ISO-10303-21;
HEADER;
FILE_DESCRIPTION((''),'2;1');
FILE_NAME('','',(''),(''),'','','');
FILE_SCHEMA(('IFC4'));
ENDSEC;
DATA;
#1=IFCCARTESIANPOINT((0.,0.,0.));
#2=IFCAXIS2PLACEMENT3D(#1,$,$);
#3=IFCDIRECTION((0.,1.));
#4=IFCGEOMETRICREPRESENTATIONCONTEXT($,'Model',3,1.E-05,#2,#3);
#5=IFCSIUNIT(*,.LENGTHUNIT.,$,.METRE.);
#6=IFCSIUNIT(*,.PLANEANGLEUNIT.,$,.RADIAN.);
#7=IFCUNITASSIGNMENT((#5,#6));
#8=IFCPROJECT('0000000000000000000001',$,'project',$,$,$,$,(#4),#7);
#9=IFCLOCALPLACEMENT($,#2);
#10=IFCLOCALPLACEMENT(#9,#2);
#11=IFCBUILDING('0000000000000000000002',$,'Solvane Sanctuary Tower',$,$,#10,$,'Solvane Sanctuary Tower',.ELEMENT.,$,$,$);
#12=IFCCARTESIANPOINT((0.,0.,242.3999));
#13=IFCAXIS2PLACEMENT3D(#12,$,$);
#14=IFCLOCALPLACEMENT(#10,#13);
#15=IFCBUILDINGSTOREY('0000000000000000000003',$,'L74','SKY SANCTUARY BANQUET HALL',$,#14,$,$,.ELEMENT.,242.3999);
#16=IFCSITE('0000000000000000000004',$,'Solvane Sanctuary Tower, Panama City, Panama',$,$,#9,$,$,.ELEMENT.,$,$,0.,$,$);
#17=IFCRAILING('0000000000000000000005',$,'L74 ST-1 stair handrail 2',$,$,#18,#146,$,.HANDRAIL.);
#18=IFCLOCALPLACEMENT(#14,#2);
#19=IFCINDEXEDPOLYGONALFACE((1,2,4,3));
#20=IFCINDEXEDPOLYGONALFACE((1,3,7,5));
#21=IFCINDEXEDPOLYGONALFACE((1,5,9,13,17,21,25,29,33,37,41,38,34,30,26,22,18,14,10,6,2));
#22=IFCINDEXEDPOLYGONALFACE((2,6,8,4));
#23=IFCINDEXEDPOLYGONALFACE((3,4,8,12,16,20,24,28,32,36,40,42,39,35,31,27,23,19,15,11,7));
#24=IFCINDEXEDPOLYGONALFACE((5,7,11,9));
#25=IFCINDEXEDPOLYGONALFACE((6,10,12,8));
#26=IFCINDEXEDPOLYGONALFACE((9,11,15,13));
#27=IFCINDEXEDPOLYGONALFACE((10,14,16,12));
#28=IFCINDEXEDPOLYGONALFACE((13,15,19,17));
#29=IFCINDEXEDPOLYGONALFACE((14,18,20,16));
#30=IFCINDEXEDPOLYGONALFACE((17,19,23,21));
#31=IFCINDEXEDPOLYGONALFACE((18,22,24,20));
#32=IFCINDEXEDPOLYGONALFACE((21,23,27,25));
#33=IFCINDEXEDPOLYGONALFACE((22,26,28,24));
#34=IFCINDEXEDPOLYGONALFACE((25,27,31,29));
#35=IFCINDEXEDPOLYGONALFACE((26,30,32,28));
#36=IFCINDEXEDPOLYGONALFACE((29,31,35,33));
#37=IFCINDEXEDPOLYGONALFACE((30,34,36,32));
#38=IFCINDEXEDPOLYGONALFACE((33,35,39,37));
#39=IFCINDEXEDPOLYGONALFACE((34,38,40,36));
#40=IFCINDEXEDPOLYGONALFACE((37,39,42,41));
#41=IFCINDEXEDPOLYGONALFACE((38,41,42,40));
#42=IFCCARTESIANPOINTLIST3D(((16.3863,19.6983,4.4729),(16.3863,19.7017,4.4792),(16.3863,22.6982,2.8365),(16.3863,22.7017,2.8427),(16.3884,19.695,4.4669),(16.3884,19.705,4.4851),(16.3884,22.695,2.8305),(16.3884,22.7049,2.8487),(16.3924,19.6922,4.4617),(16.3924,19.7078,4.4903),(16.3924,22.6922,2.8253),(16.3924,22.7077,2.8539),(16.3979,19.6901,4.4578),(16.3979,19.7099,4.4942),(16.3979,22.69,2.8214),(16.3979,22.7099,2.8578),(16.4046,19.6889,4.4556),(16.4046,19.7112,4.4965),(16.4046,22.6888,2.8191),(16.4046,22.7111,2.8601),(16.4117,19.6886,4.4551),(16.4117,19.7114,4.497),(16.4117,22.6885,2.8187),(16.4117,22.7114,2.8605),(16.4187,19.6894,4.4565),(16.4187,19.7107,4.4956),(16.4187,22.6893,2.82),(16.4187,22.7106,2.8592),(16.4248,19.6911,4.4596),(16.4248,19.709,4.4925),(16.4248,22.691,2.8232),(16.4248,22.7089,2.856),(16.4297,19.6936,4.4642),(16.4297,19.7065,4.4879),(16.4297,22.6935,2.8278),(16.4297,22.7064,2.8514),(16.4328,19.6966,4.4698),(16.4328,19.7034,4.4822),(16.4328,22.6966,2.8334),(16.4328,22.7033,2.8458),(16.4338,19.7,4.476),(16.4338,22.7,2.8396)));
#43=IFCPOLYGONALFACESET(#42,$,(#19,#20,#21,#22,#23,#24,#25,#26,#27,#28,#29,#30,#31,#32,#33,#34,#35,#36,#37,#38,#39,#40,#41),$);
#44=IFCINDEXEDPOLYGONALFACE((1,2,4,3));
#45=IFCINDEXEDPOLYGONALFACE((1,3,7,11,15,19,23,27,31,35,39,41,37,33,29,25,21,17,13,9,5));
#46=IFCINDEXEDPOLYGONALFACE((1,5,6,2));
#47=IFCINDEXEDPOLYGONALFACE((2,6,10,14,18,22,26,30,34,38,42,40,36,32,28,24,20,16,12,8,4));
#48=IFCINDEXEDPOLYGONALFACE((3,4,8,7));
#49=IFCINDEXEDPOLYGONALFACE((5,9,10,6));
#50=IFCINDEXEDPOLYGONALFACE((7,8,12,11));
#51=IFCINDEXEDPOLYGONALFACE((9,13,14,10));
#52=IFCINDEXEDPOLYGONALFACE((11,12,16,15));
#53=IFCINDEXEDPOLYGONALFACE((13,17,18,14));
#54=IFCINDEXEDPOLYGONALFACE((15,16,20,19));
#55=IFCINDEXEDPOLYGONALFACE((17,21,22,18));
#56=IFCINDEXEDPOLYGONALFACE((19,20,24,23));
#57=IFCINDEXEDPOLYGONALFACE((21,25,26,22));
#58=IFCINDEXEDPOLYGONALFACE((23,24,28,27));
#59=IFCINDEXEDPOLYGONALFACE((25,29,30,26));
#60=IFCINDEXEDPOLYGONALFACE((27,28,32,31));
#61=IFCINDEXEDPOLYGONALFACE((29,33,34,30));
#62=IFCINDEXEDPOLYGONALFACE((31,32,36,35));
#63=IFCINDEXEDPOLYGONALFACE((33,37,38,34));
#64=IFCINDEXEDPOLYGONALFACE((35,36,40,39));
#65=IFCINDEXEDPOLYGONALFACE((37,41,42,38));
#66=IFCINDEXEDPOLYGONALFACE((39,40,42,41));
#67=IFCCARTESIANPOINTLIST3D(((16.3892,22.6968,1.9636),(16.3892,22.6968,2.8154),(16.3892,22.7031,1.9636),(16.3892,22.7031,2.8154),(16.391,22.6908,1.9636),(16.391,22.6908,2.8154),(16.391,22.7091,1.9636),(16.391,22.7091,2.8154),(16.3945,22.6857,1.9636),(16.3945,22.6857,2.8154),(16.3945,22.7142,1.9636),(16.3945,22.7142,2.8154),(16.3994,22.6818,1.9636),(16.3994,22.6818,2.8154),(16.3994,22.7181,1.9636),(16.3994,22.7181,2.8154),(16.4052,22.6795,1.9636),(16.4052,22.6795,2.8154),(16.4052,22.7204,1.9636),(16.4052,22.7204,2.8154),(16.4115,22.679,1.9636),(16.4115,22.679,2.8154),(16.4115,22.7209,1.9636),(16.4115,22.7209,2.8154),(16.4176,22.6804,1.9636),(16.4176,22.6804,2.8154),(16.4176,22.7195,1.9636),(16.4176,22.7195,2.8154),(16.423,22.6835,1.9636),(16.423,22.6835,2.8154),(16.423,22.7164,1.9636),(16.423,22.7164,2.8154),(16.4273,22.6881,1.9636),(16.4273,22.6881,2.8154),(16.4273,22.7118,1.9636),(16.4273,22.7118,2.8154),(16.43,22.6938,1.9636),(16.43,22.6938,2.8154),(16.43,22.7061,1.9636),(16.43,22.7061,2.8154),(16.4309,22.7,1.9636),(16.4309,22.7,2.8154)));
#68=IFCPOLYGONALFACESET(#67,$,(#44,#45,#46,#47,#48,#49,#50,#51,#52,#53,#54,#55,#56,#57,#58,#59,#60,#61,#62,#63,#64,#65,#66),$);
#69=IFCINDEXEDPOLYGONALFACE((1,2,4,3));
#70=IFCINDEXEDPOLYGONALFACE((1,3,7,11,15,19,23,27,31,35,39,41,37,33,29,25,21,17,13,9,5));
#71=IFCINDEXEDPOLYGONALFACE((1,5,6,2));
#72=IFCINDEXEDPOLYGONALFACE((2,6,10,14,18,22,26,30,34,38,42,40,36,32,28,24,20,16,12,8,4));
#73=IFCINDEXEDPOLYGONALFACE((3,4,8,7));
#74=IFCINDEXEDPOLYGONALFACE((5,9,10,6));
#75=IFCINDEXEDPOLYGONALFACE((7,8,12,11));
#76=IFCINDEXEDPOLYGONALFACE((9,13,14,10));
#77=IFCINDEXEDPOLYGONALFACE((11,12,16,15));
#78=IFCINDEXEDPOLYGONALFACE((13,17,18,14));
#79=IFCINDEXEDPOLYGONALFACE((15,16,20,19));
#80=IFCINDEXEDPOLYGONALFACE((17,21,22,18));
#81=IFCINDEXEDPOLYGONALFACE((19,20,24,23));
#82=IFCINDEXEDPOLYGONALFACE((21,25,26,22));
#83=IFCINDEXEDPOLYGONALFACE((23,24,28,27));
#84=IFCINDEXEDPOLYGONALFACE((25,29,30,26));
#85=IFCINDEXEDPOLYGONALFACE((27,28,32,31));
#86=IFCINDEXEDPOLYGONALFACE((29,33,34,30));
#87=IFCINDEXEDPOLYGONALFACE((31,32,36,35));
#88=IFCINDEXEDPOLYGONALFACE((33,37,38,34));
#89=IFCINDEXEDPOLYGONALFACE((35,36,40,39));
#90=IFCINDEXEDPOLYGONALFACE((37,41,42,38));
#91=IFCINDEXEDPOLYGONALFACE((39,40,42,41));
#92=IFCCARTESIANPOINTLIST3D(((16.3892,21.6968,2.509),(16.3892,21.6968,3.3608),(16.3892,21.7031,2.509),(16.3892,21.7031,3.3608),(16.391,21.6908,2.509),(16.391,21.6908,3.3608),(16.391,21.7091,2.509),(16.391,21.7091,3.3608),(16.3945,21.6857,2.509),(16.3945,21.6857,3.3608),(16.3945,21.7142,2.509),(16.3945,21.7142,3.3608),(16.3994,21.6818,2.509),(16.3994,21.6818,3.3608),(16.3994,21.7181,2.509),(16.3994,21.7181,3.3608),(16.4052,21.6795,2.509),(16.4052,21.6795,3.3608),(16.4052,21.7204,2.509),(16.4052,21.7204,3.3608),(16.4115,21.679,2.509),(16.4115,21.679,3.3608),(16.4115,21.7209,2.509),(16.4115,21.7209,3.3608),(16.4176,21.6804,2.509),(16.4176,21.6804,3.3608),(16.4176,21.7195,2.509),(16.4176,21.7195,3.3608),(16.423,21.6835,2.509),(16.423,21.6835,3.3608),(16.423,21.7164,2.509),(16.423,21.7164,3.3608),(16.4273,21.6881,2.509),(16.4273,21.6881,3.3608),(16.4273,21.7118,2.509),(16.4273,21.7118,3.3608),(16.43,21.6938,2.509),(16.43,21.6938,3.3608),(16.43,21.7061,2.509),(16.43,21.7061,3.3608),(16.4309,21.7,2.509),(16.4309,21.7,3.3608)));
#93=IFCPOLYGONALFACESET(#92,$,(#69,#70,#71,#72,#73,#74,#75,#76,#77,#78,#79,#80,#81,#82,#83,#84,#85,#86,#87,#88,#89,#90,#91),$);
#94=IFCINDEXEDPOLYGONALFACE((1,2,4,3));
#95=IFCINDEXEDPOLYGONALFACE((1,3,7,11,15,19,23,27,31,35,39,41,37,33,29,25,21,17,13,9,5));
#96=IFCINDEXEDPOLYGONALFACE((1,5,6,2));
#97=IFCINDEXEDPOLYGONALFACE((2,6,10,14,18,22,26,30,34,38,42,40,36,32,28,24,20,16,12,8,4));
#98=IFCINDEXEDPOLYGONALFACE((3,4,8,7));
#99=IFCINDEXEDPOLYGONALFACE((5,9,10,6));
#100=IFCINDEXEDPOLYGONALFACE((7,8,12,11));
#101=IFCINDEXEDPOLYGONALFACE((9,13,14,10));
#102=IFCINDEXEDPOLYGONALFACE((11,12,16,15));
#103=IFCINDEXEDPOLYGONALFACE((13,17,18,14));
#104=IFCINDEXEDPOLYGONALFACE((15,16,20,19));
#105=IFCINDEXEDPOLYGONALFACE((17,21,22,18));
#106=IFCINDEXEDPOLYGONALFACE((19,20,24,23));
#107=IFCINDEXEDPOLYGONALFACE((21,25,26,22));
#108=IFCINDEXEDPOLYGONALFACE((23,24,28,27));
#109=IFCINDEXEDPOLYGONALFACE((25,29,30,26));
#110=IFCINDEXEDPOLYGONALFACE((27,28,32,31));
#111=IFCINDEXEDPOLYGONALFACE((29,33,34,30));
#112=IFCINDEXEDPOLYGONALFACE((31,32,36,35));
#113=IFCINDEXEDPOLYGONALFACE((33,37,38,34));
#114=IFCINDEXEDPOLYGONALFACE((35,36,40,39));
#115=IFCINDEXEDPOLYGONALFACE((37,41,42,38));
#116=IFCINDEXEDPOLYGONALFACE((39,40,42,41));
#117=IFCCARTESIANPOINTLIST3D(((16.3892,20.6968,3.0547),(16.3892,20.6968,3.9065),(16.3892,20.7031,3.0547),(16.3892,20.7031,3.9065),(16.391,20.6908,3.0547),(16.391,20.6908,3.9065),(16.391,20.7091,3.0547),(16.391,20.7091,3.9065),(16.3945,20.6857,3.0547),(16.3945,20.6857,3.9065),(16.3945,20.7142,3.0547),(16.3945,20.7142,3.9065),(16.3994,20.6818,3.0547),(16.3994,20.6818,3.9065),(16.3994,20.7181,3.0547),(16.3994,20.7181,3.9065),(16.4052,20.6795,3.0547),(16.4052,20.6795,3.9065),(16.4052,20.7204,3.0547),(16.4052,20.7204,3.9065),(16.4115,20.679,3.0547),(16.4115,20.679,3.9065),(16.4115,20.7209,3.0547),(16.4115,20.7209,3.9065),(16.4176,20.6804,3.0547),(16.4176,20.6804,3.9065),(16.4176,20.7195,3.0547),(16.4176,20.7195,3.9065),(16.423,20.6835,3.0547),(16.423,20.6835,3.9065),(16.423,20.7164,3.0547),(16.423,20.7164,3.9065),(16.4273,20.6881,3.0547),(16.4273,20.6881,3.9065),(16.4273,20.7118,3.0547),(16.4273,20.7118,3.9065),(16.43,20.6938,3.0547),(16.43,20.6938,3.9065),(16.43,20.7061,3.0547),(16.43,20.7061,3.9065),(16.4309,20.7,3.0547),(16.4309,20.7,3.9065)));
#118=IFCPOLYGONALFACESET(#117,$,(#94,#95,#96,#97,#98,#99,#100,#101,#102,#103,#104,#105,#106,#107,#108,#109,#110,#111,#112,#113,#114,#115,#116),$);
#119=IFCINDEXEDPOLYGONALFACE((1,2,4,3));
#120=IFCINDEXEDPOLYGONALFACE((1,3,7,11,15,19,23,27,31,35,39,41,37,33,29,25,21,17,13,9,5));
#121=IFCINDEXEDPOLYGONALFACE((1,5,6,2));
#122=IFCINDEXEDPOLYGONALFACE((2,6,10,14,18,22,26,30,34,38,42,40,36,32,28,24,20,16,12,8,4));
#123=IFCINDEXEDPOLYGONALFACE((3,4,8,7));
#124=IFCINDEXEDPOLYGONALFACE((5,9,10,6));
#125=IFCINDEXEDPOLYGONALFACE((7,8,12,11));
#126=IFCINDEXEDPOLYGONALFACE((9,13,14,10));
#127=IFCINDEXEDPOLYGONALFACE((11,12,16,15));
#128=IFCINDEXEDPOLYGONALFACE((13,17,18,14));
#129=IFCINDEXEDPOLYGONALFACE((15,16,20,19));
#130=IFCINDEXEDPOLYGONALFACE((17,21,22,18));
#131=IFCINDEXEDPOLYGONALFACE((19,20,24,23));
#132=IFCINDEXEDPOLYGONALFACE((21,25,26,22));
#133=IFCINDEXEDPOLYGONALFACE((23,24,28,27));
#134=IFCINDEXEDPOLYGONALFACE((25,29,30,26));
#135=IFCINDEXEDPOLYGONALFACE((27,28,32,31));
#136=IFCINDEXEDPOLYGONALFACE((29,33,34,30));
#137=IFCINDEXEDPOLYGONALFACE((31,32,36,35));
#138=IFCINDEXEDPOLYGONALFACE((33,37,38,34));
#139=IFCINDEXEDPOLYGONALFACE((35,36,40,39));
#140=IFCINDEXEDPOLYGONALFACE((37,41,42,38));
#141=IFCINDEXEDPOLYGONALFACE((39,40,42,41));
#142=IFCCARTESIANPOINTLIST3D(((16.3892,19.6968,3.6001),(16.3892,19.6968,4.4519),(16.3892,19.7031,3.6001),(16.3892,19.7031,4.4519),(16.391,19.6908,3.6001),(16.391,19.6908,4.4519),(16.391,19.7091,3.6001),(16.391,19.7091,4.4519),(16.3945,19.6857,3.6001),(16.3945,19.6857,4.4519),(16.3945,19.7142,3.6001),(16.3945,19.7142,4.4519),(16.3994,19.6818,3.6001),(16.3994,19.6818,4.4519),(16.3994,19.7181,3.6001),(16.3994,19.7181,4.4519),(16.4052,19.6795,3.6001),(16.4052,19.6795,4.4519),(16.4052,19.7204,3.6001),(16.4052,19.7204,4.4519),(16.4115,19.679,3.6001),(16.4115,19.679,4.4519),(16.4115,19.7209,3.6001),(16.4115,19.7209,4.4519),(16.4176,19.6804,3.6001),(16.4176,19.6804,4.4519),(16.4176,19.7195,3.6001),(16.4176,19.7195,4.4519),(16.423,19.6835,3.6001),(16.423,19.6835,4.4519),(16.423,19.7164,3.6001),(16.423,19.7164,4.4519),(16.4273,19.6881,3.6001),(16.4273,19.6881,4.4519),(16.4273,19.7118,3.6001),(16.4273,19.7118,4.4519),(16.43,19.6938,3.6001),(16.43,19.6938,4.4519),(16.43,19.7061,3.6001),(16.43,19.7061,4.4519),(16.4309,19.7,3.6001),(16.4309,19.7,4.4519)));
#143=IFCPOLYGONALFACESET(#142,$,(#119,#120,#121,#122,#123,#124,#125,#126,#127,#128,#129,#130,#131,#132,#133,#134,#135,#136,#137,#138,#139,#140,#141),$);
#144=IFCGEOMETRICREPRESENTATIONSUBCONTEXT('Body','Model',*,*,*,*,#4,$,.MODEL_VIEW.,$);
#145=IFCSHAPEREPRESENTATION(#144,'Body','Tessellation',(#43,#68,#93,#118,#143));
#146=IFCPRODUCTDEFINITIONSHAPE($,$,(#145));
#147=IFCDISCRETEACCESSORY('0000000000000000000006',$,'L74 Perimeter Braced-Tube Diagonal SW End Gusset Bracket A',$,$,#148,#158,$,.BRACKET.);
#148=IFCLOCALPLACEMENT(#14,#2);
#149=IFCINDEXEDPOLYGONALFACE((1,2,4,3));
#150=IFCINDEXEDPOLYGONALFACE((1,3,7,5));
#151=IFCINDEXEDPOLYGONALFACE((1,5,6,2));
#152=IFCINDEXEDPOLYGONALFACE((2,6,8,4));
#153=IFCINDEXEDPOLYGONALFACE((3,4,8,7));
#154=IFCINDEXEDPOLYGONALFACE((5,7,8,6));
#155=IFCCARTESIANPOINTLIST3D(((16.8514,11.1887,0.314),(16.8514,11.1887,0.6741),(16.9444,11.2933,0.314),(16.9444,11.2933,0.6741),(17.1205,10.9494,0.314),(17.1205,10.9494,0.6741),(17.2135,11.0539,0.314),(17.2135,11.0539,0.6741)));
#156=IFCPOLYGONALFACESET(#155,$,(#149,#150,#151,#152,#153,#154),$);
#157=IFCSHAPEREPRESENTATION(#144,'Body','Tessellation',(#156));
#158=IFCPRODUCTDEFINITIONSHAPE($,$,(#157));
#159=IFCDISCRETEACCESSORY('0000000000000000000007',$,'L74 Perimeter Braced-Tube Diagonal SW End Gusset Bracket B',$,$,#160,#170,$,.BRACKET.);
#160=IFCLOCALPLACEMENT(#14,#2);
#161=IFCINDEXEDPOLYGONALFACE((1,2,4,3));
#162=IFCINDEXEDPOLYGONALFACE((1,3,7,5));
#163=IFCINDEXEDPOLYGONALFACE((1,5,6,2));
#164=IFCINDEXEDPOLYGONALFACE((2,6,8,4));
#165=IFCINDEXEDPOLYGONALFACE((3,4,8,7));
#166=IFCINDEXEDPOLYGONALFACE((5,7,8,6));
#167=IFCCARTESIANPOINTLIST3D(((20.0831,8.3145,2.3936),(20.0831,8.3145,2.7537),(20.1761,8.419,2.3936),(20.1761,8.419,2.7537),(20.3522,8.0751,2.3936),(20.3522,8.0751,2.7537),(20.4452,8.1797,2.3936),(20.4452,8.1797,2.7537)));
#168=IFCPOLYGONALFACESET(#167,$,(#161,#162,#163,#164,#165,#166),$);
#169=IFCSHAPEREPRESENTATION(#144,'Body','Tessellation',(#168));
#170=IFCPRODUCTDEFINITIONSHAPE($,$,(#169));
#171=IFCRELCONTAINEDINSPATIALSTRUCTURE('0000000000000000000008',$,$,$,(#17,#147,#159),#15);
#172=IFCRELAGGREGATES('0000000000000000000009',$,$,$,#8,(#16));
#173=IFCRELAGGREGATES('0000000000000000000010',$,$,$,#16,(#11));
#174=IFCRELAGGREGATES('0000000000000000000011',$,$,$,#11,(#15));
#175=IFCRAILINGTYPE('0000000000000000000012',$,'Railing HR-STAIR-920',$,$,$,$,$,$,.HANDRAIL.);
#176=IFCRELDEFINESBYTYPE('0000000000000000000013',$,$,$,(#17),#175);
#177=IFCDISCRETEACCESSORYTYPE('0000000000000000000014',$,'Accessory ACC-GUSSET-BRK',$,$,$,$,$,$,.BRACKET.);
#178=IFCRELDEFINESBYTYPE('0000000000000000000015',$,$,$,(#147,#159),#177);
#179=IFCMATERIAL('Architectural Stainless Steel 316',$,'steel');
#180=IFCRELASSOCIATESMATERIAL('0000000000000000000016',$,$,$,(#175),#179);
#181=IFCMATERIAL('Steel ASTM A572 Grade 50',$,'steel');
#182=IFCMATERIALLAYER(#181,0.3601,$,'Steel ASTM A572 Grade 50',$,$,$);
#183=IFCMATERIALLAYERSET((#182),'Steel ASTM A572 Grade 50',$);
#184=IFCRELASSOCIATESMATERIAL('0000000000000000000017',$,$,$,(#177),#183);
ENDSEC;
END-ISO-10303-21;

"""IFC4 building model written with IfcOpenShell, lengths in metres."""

from ifc_helpers import new_model, si_unit, direction, frame, origin, origin_2d, place, context, subcontext, project, spatial, rectangle, circle, extrude, material, layer, layer_set, type_object, element, save


model = new_model("IFC4")

# Units and contexts
model_context = context("Model", 3, precision=1e-05, world=origin(), true_north=direction((0.0, 1.0)))
body_context = subcontext(model_context, "Body", "Model", "MODEL_VIEW")
ifc_project = project(units=[si_unit("LENGTHUNIT", "METRE"), si_unit("PLANEANGLEUNIT", "RADIAN")], contexts=[model_context])

# Site, building, storey
site_placement = place(None, origin())
site = spatial("IfcSite", under=ifc_project, at=site_placement, Name="Solvane Sanctuary Tower, Panama City, Panama", CompositionType="ELEMENT", RefElevation=0.0)
building_placement = place(site_placement, origin())
building = spatial("IfcBuilding", under=site, at=building_placement, Name="Solvane Sanctuary Tower", LongName="Solvane Sanctuary Tower", CompositionType="ELEMENT")
storey_placement = place(building_placement, frame((0.0, 0.0, 242.3999)))
storey = spatial("IfcBuildingStorey", under=building, at=storey_placement, Name="L74", Description="SKY SANCTUARY BANQUET HALL", CompositionType="ELEMENT", Elevation=242.3999)

# Shared definitions
ifc_material_1 = material(Name="Architectural Stainless Steel 316", Category="steel")

# Railing
railing_type_1 = type_object("IfcRailingType", Name="Railing HR-STAIR-920", PredefinedType="HANDRAIL", material=ifc_material_1)
railing_1_placement = place(storey_placement, frame((16.4099, 22.7, 1.9636)))
element("IfcRailing", 1, at=railing_1_placement, inside=storey, type_object=railing_type_1, Name="L74 ST-1 stair handrail 2", PredefinedType="HANDRAIL", context=body_context, shape_type="SweptSolid", body=[
    extrude(circle(Radius=0.0239, at=origin_2d()), frame((0.0, 0.0, 0.876), z_axis=(0.0, -0.877882, 0.478877), x_axis=(1.0, 0.0, 0.0)), (0.0, 0.0, 1.0), 3.4172),
    extrude(circle(Radius=0.021, at=origin_2d()), origin(), (0.0, 0.0, 1.0), 0.8518),
    extrude(circle(Radius=0.021, at=origin_2d()), frame((0.0, -1.0, 0.5454)), (0.0, 0.0, 1.0), 0.8518),
    extrude(circle(Radius=0.021, at=origin_2d()), frame((0.0, -2.0, 1.0911)), (0.0, 0.0, 1.0), 0.8518),
    extrude(circle(Radius=0.021, at=origin_2d()), frame((0.0, -3.0, 1.6365)), (0.0, 0.0, 1.0), 0.8518),
])

# Discrete accessories
ifc_material_2 = material(Name="Steel ASTM A572 Grade 50", Category="steel")
ifc_layer_1 = layer(ifc_material_2, 0.3601, Name="Steel ASTM A572 Grade 50")
ifc_layer_set_1 = layer_set([ifc_layer_1], Name="Steel ASTM A572 Grade 50")
discrete_accessory_type = type_object("IfcDiscreteAccessoryType", Name="Accessory ACC-GUSSET-BRK", PredefinedType="BRACKET", material=ifc_layer_set_1)
for number, where, z_axis, x_axis, name in (
    (2, (17.0325, 11.1213, 0.314), (0.0, 0.0, 1.0), (0.747218, -0.664579, 0.0), "L74 Perimeter Braced-Tube Diagonal SW End Gusset Bracket A"),
    (3, (20.2642, 8.2471, 2.3936), (0.0, 0.0, 1.0), (0.747218, -0.664579, 0.0), "L74 Perimeter Braced-Tube Diagonal SW End Gusset Bracket B"),
):
    element("IfcDiscreteAccessory", number, at=place(storey_placement, frame(where, z_axis=z_axis, x_axis=x_axis)), inside=storey, type_object=discrete_accessory_type, Name=name, PredefinedType="BRACKET", context=body_context, shape_type="SweptSolid", body=[
        extrude(rectangle(XDim=0.3601, YDim=0.1399, at=origin_2d()), origin(), (0.0, 0.0, 1.0), 0.3601),
    ])

save(model, "model.ifc")
